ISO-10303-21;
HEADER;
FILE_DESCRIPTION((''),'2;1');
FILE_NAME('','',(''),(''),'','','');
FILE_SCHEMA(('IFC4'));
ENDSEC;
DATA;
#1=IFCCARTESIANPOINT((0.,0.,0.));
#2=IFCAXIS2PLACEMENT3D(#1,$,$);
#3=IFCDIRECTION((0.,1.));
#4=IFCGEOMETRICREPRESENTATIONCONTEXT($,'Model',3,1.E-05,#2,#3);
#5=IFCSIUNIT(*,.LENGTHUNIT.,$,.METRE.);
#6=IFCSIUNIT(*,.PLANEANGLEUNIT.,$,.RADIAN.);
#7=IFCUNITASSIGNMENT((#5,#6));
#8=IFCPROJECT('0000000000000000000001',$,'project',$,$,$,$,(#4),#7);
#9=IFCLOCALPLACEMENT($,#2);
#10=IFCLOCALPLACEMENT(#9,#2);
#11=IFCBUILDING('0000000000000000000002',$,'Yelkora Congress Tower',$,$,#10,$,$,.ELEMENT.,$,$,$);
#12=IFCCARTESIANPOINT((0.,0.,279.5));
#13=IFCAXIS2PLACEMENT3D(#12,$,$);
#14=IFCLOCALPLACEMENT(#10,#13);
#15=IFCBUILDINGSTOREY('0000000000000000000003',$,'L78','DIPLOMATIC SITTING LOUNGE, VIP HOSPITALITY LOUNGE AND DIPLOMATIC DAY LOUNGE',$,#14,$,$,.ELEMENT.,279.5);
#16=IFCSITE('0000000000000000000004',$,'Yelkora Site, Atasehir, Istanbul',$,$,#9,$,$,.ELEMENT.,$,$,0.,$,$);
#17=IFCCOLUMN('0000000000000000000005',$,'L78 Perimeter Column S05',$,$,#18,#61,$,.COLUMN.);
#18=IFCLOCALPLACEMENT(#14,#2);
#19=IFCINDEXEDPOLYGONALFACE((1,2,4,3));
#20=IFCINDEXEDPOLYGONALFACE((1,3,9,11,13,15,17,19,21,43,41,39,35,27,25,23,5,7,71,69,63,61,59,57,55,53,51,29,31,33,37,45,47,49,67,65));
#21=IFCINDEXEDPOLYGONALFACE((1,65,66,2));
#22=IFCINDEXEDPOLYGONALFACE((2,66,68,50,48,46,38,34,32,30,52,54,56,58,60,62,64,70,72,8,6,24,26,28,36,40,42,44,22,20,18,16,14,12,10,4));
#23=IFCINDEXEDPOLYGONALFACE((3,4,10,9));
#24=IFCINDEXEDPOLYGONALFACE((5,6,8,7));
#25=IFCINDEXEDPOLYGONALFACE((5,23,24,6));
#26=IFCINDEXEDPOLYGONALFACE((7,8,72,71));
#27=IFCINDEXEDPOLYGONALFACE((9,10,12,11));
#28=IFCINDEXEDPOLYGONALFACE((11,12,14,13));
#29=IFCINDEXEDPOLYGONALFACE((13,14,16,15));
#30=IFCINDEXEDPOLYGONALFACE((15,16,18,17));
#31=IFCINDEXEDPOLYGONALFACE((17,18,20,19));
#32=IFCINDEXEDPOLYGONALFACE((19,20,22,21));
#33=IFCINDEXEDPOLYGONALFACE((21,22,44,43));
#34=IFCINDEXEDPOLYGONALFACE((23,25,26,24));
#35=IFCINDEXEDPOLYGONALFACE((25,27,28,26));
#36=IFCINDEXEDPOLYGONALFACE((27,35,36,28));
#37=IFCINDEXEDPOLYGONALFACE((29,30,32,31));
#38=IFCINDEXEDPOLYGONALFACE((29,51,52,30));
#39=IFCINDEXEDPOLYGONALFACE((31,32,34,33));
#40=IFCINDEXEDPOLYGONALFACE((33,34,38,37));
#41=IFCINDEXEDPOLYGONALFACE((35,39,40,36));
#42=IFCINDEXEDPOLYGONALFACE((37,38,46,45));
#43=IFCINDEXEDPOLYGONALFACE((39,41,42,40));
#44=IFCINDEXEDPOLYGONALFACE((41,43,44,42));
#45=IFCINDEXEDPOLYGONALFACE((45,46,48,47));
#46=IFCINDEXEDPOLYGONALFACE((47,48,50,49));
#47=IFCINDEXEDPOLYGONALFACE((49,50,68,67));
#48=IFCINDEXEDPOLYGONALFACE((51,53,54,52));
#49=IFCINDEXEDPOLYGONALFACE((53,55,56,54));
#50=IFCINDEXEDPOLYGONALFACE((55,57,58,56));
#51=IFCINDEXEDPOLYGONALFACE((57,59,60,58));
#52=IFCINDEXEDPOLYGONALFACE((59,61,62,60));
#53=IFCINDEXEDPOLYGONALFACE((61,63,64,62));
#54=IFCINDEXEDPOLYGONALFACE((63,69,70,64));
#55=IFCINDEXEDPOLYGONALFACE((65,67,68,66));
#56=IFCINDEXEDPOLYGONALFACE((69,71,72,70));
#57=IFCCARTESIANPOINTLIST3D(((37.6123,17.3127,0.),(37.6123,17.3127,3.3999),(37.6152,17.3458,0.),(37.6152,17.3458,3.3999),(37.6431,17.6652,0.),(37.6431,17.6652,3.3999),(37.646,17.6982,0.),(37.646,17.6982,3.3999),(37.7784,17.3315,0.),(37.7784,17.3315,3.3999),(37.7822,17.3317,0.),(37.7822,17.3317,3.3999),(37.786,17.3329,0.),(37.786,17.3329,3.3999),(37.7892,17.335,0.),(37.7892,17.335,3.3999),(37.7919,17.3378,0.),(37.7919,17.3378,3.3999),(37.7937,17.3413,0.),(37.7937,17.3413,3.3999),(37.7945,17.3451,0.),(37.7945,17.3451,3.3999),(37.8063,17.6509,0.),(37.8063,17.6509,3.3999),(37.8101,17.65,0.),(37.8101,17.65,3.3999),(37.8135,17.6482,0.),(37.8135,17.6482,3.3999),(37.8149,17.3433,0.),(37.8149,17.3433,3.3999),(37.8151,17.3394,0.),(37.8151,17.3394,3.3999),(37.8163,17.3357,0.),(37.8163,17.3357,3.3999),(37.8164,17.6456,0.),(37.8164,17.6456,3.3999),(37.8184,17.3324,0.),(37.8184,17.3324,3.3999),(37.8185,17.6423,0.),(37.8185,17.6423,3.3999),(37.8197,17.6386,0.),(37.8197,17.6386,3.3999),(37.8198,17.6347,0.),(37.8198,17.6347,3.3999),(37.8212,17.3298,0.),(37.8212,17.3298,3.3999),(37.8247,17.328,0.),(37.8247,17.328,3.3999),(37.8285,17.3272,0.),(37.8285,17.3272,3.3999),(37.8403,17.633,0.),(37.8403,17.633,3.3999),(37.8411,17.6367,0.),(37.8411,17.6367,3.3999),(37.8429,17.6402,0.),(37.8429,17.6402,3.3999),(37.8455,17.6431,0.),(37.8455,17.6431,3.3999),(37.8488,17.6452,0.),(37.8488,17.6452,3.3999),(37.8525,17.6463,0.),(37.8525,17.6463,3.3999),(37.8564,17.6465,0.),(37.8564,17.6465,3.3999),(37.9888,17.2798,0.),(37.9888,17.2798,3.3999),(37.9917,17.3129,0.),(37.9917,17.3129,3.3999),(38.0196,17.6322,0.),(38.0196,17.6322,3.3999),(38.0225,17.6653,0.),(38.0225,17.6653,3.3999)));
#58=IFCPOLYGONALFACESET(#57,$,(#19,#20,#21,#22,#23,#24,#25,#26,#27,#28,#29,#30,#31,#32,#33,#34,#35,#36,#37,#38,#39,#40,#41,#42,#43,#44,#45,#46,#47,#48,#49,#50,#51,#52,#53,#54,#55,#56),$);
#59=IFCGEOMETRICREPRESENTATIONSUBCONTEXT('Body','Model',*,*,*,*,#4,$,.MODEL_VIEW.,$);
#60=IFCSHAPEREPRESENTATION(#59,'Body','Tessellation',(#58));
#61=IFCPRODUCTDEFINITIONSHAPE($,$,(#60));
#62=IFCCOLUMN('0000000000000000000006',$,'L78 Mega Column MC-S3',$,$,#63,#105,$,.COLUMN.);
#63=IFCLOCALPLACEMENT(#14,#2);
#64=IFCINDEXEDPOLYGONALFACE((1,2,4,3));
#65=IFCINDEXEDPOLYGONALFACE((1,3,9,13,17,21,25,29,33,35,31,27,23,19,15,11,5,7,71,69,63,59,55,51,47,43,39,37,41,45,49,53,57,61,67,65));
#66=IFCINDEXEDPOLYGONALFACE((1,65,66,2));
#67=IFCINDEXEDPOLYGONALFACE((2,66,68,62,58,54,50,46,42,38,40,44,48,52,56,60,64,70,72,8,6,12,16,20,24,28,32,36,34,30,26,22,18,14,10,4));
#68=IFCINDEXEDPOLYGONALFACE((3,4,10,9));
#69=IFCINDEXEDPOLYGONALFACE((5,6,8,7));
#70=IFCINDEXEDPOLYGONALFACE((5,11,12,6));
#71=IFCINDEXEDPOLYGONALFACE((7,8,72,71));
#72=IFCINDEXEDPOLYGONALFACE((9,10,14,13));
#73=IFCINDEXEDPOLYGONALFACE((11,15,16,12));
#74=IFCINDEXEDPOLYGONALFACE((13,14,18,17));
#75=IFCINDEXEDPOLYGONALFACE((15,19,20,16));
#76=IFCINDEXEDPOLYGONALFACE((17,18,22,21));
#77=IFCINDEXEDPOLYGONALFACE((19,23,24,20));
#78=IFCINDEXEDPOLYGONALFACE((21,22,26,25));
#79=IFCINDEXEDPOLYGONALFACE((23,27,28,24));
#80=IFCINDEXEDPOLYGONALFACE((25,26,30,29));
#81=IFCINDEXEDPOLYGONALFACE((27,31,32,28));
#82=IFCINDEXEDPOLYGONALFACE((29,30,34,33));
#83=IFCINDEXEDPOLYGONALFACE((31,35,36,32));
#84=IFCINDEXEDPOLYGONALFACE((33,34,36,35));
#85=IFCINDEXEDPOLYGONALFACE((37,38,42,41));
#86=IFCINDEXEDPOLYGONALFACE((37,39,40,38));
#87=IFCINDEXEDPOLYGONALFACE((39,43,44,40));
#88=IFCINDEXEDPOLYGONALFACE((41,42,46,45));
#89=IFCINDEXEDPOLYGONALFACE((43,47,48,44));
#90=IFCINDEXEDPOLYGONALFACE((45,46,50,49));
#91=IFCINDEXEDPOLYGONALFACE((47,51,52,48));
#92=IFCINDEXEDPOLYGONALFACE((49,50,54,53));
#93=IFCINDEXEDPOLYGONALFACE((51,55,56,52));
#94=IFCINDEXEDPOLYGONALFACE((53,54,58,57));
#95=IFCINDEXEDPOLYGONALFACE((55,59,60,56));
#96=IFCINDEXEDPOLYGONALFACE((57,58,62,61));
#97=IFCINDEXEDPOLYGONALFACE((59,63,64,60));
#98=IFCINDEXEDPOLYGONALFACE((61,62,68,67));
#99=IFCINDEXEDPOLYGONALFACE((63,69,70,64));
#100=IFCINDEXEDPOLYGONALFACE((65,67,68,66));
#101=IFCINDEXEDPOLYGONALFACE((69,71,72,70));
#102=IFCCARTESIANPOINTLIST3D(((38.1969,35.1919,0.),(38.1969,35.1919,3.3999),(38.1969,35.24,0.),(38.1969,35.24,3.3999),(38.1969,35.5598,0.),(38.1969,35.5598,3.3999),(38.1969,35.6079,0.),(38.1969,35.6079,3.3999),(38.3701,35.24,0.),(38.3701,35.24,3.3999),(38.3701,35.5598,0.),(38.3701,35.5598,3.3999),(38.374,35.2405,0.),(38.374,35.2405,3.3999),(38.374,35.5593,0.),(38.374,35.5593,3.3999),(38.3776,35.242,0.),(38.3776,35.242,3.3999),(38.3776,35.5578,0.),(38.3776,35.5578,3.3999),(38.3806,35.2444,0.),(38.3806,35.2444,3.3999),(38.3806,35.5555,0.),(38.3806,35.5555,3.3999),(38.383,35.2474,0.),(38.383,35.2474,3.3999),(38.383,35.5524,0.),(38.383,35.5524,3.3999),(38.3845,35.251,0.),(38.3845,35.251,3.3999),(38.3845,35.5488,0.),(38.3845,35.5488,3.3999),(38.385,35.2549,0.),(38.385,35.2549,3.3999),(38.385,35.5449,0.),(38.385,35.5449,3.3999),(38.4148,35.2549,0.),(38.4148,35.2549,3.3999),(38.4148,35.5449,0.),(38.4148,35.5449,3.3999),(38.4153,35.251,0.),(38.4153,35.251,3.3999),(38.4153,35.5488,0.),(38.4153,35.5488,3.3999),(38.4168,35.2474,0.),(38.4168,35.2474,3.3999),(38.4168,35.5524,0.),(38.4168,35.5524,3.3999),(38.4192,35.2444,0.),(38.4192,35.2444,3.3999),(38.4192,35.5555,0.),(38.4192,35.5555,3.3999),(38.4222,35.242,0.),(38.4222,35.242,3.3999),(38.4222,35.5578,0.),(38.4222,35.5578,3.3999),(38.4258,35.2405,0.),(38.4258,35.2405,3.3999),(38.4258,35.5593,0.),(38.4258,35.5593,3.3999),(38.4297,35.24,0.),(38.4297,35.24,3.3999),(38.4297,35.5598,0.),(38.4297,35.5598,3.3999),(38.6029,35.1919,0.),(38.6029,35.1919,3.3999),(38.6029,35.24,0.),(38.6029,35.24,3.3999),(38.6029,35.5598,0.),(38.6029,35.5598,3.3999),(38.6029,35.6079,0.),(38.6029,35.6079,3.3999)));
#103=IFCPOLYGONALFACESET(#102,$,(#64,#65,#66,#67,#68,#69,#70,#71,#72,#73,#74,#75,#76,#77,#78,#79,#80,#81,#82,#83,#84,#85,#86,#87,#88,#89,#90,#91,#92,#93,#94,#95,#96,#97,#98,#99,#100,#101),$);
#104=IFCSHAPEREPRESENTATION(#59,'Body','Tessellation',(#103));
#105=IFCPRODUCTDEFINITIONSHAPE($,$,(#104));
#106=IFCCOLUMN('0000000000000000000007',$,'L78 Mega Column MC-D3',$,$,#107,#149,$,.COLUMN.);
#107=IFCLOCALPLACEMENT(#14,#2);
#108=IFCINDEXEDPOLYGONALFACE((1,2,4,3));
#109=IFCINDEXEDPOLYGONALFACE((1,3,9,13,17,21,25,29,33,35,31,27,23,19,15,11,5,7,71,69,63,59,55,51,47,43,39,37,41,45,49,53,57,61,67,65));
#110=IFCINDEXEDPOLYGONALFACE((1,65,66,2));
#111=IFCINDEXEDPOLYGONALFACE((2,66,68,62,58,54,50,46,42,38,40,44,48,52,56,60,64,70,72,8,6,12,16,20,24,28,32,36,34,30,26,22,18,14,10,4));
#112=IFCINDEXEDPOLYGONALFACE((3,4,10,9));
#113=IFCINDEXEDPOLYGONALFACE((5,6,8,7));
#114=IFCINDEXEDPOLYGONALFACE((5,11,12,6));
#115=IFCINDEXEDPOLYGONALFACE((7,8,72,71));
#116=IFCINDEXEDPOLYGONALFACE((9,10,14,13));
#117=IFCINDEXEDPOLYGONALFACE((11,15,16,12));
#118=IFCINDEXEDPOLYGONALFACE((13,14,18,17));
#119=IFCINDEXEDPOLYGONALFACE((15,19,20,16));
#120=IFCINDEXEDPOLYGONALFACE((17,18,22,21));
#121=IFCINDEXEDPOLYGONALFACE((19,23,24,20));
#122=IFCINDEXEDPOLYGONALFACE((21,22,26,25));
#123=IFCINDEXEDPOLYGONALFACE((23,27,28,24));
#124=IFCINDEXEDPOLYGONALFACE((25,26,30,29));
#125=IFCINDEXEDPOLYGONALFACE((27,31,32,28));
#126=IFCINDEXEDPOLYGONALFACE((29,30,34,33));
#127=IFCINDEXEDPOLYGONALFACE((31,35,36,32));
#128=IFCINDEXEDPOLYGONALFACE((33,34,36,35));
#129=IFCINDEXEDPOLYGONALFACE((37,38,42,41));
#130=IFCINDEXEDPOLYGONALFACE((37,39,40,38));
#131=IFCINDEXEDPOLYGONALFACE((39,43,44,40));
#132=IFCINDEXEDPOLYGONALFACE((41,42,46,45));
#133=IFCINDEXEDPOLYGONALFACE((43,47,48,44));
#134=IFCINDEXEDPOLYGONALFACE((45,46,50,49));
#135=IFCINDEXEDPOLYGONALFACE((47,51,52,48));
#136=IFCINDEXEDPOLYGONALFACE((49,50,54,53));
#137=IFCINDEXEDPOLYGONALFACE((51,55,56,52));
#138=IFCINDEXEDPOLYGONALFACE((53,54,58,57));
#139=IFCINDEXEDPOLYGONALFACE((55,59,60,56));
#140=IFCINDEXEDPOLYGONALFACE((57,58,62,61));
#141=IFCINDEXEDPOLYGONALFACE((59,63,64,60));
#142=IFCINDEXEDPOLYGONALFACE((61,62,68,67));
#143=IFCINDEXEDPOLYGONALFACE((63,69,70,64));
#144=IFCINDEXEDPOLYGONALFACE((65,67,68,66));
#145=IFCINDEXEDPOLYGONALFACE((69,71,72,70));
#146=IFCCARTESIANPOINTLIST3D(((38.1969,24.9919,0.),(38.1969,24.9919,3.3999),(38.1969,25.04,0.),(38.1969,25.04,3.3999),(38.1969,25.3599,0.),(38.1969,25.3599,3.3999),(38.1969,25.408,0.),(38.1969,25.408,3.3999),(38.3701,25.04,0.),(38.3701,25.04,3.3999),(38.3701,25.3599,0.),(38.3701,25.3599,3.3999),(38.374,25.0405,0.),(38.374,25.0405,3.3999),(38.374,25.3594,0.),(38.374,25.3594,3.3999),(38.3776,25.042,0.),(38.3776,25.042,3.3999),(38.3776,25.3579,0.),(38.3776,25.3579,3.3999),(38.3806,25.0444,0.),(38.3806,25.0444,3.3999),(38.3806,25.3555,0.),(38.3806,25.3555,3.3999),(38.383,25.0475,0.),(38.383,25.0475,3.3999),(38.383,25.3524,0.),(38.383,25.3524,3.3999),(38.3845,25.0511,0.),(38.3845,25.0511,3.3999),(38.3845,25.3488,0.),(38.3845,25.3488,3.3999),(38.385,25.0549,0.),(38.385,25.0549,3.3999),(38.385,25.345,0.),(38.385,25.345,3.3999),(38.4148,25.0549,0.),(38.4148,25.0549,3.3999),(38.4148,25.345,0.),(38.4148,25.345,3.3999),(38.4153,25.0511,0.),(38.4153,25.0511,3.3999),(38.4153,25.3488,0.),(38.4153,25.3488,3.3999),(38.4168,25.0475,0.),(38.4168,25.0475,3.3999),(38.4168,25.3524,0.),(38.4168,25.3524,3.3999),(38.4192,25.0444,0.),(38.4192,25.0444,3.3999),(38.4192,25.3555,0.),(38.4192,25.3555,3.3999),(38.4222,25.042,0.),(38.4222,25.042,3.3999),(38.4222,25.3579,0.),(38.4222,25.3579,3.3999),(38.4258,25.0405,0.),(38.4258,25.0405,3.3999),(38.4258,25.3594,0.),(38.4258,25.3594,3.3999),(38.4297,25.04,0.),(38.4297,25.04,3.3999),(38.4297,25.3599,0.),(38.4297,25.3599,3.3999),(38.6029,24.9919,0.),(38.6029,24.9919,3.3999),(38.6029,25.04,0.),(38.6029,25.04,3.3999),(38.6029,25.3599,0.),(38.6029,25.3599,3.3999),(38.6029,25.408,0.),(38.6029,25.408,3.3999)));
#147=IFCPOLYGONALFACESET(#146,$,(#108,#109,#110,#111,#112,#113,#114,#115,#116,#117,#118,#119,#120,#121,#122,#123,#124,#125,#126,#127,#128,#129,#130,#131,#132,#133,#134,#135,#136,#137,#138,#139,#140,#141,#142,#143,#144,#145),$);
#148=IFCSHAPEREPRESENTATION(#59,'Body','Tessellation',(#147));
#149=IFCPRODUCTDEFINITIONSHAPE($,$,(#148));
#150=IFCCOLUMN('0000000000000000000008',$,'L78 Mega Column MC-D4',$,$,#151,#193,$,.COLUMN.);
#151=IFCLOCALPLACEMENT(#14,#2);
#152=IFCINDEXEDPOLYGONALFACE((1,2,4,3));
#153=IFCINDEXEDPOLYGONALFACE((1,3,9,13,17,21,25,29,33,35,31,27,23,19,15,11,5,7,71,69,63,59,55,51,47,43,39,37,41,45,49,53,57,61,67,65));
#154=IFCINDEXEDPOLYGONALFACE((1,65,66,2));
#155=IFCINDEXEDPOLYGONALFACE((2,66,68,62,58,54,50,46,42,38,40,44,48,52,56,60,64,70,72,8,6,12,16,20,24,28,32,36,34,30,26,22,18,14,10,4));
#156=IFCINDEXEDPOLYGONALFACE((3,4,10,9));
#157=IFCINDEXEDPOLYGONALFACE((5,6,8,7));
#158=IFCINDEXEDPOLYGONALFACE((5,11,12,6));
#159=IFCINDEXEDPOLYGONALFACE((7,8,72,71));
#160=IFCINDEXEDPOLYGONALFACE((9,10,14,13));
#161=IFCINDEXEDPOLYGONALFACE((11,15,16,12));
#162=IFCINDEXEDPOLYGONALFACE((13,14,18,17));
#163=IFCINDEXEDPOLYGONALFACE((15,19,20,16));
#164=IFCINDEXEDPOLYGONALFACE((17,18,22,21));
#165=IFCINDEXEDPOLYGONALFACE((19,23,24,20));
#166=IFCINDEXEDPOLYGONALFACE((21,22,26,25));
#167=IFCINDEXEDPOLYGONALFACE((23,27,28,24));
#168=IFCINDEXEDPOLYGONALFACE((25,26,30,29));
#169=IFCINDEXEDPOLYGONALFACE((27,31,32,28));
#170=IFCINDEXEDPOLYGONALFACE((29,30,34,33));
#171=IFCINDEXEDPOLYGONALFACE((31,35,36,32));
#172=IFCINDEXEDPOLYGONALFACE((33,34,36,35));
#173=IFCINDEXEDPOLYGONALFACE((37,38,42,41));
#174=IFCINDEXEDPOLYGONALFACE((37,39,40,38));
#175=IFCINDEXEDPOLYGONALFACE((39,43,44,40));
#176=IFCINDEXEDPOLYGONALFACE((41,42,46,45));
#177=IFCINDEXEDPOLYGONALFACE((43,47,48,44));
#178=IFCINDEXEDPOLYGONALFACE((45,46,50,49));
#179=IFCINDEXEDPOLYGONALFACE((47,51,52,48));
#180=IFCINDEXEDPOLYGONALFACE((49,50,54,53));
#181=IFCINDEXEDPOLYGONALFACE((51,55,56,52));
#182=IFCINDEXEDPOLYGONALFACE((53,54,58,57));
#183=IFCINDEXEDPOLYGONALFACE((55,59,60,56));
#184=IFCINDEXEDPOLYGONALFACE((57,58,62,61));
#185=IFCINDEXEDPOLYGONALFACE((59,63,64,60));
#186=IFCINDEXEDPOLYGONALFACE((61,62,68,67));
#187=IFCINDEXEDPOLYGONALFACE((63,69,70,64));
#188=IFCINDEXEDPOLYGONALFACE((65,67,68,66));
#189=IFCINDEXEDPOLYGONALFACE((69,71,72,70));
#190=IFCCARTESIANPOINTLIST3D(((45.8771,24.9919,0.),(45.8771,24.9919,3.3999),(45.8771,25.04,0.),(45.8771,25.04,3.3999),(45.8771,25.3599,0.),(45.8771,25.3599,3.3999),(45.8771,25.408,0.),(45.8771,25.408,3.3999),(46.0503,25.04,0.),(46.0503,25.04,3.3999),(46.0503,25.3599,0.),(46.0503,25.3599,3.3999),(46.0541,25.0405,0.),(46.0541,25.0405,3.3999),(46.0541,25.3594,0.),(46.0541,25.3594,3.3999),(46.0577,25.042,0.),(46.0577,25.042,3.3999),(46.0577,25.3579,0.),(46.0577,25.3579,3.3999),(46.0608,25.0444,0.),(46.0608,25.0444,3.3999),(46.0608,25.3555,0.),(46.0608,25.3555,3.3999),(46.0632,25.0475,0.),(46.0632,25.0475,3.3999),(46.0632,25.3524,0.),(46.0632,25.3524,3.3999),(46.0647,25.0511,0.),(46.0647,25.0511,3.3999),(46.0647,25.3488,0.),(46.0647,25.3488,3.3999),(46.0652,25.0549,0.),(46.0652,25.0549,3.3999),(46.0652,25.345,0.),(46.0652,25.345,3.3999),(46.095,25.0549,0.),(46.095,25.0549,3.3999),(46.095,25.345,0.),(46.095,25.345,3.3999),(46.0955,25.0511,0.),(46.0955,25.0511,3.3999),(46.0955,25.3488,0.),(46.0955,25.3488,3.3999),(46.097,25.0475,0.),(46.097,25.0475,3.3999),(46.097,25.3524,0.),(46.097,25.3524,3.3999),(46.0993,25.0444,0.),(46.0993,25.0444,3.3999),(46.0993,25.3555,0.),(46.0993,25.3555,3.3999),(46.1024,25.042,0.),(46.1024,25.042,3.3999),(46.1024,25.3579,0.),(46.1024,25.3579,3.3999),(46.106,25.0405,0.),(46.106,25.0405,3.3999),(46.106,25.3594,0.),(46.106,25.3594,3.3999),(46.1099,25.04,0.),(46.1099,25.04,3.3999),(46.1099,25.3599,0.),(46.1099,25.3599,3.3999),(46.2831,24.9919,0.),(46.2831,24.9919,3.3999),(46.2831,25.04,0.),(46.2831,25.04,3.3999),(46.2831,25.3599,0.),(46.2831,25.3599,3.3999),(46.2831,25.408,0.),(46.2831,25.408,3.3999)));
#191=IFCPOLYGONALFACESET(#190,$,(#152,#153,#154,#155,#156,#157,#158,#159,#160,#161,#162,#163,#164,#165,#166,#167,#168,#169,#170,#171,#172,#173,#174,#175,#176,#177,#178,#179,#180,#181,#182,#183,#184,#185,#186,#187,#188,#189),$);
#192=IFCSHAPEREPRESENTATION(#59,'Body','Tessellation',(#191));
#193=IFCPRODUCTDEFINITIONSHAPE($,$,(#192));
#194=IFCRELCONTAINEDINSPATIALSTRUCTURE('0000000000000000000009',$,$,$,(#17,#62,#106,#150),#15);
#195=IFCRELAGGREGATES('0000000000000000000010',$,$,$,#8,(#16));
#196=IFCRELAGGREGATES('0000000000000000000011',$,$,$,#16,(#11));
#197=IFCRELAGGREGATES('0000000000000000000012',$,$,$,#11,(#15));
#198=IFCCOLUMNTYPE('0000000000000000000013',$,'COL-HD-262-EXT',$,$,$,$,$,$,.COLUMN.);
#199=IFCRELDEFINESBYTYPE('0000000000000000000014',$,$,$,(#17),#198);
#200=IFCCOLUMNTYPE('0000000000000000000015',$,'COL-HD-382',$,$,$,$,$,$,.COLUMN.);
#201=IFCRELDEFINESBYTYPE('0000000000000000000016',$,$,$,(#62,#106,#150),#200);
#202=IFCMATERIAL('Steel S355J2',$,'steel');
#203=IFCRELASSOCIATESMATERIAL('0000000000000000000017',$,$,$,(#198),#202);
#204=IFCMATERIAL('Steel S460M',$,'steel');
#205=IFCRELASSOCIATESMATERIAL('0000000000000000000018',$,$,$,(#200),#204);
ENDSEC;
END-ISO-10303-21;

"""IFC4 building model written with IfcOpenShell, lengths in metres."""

from ifc_helpers import new_model, si_unit, direction, frame, origin, origin_2d, place, context, subcontext, project, spatial, i_section, extrude, material, material_profile, profile_set, type_object, element, save


model = new_model("IFC4")

# Units and contexts
model_context = context("Model", 3, precision=1e-05, world=origin(), true_north=direction((0.0, 1.0)))
body_context = subcontext(model_context, "Body", "Model", "MODEL_VIEW")
ifc_project = project(units=[si_unit("LENGTHUNIT", "METRE"), si_unit("PLANEANGLEUNIT", "RADIAN")], contexts=[model_context])

# Site, building, storey
site_placement = place(None, origin())
site = spatial("IfcSite", under=ifc_project, at=site_placement, Name="Yelkora Site, Atasehir, Istanbul", CompositionType="ELEMENT", RefElevation=0.0)
building_placement = place(site_placement, origin())
building = spatial("IfcBuilding", under=site, at=building_placement, Name="Yelkora Congress Tower", CompositionType="ELEMENT")
storey_placement = place(building_placement, frame((0.0, 0.0, 279.5)))
storey = spatial("IfcBuildingStorey", under=building, at=storey_placement, Name="L78", Description="DIPLOMATIC SITTING LOUNGE, VIP HOSPITALITY LOUNGE AND DIPLOMATIC DAY LOUNGE", CompositionType="ELEMENT", Elevation=279.5)

# Columns
ifc_material_1 = material(Name="Steel S355J2", Category="steel")
ifc_material_profile_1 = material_profile(ifc_material_1, i_section(OverallWidth=0.3779, OverallDepth=0.387, WebThickness=0.0205, FlangeThickness=0.0332, FilletRadius=0.0149, at=origin_2d()), Name="HD 360x262")
ifc_profile_set_1 = profile_set([ifc_material_profile_1], Name="Steel S355J2")
column_type_1 = type_object("IfcColumnType", Name="COL-HD-262-EXT", PredefinedType="COLUMN", material=ifc_profile_set_1)
column_placement = place(storey_placement, frame((37.8174, 17.489, 0.0), z_axis=(0.0, 0.0, 1.0), x_axis=(0.996195, -0.087156, 0.0)))
element("IfcColumn", 1, at=column_placement, inside=storey, type_object=column_type_1, Name="L78 Perimeter Column S05", PredefinedType="COLUMN", context=body_context, shape_type="SweptSolid", body=[
    extrude(i_section(OverallWidth=0.3779, OverallDepth=0.387, WebThickness=0.0205, FlangeThickness=0.0332, FilletRadius=0.0149, at=origin_2d()), origin(), (0.0, 0.0, 1.0), 3.3999),
])
ifc_material_2 = material(Name="Steel S460M", Category="steel")
ifc_material_profile_2 = material_profile(ifc_material_2, i_section(OverallWidth=0.406, OverallDepth=0.416, WebThickness=0.0298, FlangeThickness=0.0481, FilletRadius=0.0149, at=origin_2d()), Name="HD 400x382")
ifc_profile_set_2 = profile_set([ifc_material_profile_2], Name="Steel S460M")
column_type_2 = type_object("IfcColumnType", Name="COL-HD-382", PredefinedType="COLUMN", material=ifc_profile_set_2)
for number, where, z_axis, x_axis, name in (
    (2, (38.3999, 35.3999, 0.0), (0.0, 0.0, 1.0), (1.0, 0.0, 0.0), "L78 Mega Column MC-S3"),
    (3, (38.3999, 25.2, 0.0), (0.0, 0.0, 1.0), (1.0, 0.0, 0.0), "L78 Mega Column MC-D3"),
    (4, (46.0801, 25.2, 0.0), (0.0, 0.0, 1.0), (1.0, 0.0, 0.0), "L78 Mega Column MC-D4"),
):
    element("IfcColumn", number, at=place(storey_placement, frame(where, z_axis=z_axis, x_axis=x_axis)), inside=storey, type_object=column_type_2, Name=name, PredefinedType="COLUMN", context=body_context, shape_type="SweptSolid", body=[
        extrude(i_section(OverallWidth=0.406, OverallDepth=0.416, WebThickness=0.0298, FlangeThickness=0.0481, FilletRadius=0.0149, at=origin_2d()), origin(), (0.0, 0.0, 1.0), 3.3999),
    ])

save(model, "model.ifc")
